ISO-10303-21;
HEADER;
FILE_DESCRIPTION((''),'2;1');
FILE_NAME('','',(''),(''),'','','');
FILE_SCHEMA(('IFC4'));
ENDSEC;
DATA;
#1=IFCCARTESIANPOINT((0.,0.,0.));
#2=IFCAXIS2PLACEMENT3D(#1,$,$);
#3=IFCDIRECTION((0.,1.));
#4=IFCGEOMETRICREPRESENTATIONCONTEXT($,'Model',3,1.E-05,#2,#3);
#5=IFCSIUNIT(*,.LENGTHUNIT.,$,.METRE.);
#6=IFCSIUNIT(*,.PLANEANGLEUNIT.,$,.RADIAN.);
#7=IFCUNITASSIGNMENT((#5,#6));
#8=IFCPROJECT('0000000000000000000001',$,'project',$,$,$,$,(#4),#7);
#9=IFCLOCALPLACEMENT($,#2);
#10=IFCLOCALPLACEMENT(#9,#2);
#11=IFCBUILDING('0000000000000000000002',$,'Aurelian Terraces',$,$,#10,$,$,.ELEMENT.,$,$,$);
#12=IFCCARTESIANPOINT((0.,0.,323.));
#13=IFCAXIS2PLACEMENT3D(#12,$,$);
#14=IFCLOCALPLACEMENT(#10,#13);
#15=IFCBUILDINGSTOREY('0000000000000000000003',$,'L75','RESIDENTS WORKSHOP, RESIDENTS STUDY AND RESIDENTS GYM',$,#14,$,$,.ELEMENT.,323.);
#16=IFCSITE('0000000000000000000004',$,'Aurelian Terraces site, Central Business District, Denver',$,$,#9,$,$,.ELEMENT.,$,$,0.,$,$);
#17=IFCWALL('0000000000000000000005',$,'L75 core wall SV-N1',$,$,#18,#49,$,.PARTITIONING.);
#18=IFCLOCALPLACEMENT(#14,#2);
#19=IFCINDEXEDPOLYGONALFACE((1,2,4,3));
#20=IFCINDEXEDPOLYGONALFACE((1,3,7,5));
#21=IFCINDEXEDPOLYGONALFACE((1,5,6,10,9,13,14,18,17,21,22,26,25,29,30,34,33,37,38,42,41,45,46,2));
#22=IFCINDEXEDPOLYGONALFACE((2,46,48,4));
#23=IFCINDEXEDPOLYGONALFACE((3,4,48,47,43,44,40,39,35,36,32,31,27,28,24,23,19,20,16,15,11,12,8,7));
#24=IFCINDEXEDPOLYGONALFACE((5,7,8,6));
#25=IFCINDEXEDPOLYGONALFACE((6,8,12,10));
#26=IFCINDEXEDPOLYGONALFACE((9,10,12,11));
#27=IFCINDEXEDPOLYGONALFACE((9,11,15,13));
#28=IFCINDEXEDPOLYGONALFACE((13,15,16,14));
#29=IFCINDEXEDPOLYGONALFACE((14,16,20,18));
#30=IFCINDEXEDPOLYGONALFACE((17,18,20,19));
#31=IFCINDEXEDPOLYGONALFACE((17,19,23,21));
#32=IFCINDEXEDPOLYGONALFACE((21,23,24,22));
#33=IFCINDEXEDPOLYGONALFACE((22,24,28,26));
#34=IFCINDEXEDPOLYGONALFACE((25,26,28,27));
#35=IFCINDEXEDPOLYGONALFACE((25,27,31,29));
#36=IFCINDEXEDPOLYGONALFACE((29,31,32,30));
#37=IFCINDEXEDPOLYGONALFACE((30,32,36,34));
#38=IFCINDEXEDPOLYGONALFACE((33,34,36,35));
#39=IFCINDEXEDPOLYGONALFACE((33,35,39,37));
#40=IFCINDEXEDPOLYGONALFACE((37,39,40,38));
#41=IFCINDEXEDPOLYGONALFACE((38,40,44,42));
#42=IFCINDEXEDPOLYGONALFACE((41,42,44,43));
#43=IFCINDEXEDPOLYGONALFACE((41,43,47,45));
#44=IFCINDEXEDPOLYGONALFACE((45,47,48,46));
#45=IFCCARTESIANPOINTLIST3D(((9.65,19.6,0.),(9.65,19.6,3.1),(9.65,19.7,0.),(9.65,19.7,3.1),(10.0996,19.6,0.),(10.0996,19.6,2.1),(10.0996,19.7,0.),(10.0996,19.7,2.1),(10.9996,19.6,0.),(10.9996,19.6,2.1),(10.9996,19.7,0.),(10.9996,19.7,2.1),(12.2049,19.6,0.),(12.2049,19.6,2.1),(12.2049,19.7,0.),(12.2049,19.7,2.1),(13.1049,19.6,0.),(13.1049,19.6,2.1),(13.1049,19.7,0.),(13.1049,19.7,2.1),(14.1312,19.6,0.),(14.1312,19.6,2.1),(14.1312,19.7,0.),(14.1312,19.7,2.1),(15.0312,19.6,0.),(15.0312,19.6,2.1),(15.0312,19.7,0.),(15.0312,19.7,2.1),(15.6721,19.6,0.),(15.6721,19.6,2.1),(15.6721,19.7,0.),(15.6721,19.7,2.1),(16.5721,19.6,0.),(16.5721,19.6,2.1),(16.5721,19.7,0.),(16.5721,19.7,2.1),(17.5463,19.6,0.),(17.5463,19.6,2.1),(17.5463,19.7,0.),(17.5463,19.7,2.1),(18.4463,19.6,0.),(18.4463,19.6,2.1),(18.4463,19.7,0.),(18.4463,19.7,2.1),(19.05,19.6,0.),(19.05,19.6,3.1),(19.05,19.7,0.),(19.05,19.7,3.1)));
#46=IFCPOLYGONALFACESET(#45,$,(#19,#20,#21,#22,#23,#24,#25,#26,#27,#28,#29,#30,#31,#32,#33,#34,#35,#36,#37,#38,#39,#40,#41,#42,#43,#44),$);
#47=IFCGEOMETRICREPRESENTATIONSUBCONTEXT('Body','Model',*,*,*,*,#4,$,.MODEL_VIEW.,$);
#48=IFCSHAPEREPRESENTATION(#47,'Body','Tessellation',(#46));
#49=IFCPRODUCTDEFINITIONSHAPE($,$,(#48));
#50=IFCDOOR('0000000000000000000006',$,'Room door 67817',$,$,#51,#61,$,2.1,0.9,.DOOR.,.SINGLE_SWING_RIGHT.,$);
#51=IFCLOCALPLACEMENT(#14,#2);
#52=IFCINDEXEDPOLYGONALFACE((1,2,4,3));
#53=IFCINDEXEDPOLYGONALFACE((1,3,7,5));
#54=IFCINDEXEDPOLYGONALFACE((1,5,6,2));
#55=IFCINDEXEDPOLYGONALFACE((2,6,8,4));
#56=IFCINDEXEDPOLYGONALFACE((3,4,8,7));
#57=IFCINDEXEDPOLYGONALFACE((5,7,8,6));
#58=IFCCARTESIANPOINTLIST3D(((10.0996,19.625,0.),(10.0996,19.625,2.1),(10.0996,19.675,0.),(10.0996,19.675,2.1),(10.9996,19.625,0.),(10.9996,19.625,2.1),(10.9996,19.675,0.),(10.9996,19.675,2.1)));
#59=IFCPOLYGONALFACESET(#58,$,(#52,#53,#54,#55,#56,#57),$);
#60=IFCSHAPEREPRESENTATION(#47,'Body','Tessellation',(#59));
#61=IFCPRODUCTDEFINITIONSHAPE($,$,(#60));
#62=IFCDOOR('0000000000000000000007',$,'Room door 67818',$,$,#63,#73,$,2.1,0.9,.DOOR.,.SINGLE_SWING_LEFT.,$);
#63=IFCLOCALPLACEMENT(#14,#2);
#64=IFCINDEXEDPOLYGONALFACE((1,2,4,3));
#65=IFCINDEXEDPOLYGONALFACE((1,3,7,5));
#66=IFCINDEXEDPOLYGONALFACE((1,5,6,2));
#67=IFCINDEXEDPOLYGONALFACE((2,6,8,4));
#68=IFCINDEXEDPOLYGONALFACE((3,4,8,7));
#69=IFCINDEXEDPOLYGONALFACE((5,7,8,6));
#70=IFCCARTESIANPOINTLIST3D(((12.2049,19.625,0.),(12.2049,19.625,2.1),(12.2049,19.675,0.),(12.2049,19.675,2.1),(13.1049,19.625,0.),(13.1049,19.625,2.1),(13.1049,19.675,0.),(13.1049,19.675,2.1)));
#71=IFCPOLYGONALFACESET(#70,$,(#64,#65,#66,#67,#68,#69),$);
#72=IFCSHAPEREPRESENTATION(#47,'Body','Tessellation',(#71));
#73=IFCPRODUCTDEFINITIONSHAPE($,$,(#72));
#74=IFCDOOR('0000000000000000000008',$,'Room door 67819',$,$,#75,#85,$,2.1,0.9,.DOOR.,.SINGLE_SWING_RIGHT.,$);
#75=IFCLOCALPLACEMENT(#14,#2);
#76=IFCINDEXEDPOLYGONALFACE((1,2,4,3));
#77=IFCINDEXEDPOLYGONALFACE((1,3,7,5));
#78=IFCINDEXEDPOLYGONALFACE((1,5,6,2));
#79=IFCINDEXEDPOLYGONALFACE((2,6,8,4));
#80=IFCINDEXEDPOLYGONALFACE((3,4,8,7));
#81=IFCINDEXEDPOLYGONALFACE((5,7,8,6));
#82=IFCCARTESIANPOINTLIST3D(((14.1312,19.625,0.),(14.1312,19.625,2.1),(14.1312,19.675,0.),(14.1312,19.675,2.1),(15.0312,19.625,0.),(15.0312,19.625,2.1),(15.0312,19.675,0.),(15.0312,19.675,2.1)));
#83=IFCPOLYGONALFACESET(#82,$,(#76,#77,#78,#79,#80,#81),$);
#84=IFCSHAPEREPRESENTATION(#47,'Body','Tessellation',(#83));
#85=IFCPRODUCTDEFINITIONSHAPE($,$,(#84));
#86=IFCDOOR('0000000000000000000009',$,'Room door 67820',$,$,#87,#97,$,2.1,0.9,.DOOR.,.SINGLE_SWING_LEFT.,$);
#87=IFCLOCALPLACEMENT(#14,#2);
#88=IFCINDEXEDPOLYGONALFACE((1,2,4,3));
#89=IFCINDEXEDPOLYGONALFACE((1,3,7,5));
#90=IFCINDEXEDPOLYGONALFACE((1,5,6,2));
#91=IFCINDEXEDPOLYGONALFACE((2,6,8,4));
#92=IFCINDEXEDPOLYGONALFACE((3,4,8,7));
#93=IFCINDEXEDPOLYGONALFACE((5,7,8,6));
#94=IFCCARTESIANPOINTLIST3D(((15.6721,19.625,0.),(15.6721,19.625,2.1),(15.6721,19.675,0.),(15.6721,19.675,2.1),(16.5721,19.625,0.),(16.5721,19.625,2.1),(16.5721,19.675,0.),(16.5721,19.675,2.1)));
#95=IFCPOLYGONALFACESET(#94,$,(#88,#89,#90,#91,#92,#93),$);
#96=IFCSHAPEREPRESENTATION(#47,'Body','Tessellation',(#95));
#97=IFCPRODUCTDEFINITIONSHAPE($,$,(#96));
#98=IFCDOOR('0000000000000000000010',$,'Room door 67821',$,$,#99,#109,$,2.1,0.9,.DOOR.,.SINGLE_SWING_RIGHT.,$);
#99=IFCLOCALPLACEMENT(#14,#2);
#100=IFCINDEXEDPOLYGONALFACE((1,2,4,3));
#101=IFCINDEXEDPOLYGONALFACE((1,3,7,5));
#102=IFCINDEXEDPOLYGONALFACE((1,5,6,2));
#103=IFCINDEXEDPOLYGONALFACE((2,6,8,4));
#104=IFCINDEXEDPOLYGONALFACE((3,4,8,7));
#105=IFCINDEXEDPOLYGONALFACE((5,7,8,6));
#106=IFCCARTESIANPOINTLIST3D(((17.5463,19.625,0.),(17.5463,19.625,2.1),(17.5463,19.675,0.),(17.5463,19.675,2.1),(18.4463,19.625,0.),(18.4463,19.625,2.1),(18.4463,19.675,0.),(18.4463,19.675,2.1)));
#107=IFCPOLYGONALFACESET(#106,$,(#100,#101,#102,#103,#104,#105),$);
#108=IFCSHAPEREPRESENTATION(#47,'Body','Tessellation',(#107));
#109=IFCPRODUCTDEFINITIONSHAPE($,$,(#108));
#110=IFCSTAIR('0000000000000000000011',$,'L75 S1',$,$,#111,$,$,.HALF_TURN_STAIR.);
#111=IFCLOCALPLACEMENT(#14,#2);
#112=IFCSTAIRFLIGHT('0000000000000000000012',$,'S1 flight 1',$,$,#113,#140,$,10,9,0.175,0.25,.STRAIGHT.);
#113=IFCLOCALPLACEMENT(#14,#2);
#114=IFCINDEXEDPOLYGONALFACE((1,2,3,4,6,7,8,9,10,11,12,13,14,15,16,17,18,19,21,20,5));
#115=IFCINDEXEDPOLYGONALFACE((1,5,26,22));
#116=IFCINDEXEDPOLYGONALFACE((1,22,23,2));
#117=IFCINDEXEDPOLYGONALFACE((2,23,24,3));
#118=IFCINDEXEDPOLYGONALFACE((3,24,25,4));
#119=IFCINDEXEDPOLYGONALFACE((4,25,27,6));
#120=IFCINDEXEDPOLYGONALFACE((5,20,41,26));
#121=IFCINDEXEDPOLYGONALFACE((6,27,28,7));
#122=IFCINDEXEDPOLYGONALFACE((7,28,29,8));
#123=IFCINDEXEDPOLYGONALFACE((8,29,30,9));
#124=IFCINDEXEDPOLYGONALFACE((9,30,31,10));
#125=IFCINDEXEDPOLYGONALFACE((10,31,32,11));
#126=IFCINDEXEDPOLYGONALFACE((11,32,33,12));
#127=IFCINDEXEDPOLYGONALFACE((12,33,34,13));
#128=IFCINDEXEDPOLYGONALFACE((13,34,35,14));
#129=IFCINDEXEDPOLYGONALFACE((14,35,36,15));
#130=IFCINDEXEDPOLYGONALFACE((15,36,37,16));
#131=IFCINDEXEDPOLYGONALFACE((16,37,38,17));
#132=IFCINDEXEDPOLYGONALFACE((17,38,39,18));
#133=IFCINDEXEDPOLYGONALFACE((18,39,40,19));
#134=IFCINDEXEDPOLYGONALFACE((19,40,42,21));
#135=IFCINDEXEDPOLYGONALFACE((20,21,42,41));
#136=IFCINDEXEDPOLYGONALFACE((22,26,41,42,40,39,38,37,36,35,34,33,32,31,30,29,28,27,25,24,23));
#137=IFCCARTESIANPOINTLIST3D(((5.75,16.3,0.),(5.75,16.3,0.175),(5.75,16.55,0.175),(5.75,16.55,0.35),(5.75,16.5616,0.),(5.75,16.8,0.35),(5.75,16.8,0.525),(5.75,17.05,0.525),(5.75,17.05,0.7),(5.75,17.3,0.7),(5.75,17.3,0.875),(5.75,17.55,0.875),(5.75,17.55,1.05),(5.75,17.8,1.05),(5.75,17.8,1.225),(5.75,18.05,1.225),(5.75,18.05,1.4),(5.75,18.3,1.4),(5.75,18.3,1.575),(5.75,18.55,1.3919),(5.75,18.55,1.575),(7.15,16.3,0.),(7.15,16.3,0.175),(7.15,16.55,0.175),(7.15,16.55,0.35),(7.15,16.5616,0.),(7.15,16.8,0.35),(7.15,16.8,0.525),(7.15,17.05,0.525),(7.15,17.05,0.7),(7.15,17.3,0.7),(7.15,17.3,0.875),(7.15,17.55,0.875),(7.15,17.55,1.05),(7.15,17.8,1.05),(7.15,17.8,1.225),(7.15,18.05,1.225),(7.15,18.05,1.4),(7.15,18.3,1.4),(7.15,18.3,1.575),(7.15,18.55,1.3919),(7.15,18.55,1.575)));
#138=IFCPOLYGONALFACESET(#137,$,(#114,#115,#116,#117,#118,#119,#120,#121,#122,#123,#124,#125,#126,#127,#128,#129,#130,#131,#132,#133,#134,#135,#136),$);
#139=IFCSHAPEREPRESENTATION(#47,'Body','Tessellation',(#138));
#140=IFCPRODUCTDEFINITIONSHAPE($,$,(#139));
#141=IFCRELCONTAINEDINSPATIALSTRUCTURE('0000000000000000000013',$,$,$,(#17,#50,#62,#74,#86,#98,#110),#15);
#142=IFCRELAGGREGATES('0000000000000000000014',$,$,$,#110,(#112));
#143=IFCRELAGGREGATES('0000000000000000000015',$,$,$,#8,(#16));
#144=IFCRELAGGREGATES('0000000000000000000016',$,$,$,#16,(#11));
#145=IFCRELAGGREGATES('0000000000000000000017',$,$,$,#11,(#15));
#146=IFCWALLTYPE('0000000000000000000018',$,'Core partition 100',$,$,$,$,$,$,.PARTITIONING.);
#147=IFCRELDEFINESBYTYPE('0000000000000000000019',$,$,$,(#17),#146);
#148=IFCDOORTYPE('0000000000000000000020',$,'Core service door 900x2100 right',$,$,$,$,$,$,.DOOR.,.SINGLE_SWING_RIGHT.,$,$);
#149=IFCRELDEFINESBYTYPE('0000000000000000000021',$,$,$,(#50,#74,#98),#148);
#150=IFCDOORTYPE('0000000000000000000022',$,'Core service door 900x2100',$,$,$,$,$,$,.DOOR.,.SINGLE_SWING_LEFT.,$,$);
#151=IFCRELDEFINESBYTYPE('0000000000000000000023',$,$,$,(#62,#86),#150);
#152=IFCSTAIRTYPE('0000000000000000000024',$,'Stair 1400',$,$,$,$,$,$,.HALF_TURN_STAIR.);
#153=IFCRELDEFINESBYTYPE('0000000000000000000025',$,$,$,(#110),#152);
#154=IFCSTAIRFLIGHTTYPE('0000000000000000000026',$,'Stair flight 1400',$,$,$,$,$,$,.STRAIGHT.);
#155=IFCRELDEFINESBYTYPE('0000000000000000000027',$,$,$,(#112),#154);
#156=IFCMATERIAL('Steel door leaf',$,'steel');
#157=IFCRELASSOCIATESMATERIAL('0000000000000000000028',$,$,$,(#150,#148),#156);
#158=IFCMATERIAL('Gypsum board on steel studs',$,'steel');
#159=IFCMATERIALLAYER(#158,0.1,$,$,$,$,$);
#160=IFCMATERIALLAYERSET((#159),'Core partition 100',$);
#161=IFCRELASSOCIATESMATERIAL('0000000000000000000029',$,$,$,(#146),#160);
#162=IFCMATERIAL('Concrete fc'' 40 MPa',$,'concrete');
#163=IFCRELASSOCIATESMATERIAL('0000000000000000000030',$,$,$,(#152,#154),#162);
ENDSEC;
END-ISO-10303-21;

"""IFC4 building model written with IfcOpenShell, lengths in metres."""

from ifc_helpers import new_model, si_unit, direction, frame, frame_2d, origin, place, context, subcontext, project, spatial, polyline, rectangle, outline, extrude, source, transform, mapped, material, layer, layer_set, type_object, element, fill, aggregate, save


model = new_model("IFC4")

# Units and contexts
model_context = context("Model", 3, precision=1e-05, world=origin(), true_north=direction((0.0, 1.0)))
body_context = subcontext(model_context, "Body", "Model", "MODEL_VIEW")
ifc_project = project(units=[si_unit("LENGTHUNIT", "METRE"), si_unit("PLANEANGLEUNIT", "RADIAN")], contexts=[model_context])

# Site, building, storey
site_placement = place(None, origin())
site = spatial("IfcSite", under=ifc_project, at=site_placement, Name="Aurelian Terraces site, Central Business District, Denver", CompositionType="ELEMENT", RefElevation=0.0)
building_placement = place(site_placement, origin())
building = spatial("IfcBuilding", under=site, at=building_placement, Name="Aurelian Terraces", CompositionType="ELEMENT")
storey_placement = place(building_placement, frame((0.0, 0.0, 323.0)))
storey = spatial("IfcBuildingStorey", under=building, at=storey_placement, Name="L75", Description="RESIDENTS WORKSHOP, RESIDENTS STUDY AND RESIDENTS GYM", CompositionType="ELEMENT", Elevation=323.0)

# Shared definitions
ifc_material_1 = material(Name="Steel door leaf", Category="steel")

# Shared definitions
ifc_material_2 = material(Name="Gypsum board on steel studs", Category="steel")
door_type_1 = type_object("IfcDoorType", Name="Core service door 900x2100", OperationType="SINGLE_SWING_LEFT", PredefinedType="DOOR", material=ifc_material_1)
shared_shape_1 = source(origin(), body_context, "Body", "SweptSolid", [
    extrude(rectangle(XDim=0.9, YDim=2.1, at=frame_2d((0.45, 1.05))), frame((0.0, 0.025, 0.0), z_axis=(0.0, -1.0, 0.0), x_axis=(1.0, 0.0, 0.0)), (0.0, 0.0, 1.0), 0.05),
])

# Shared definitions
ifc_layer_1 = layer(ifc_material_2, 0.1)
ifc_layer_set_1 = layer_set([ifc_layer_1], Name="Core partition 100")
wall_type_1 = type_object("IfcWallType", Name="Core partition 100", PredefinedType="PARTITIONING", material=ifc_layer_set_1)

# Wall, openings, doors
shared_shape_2 = source(origin(), body_context, "Body", "SweptSolid", [
    extrude(rectangle(XDim=9.4, YDim=0.1, at=frame_2d((4.7, 0.0))), origin(), (0.0, 0.0, 1.0), 3.1),
])
wall_1_placement = place(storey_placement, frame((9.65, 19.65, 0.0), z_axis=(0.0, 0.0, 1.0), x_axis=(1.0, 0.0, 0.0)))
wall_1 = element("IfcWall", 1, at=wall_1_placement, inside=storey, type_object=wall_type_1, Name="L75 core wall SV-N1", PredefinedType="PARTITIONING", context=body_context, shape_type="MappedRepresentation", body=[
    mapped(shared_shape_2, transform((0.0, 0.0, 0.0), scale=1.0)),
])
shared_shape_3 = source(origin(), body_context, "Body", "SweptSolid", [
    extrude(rectangle(XDim=0.9, YDim=2.1, at=frame_2d((0.45, 1.05))), frame((0.0, 0.06, 0.0), z_axis=(0.0, -1.0, 0.0), x_axis=(1.0, 0.0, 0.0)), (0.0, 0.0, 1.0), 0.12),
])
opening_1_placement = place(wall_1_placement, frame((0.4496, 0.0, 0.0)))
opening_1 = element("IfcOpeningElement", 2, at=opening_1_placement, cuts=wall_1, PredefinedType="OPENING", context=body_context, shape_type="MappedRepresentation", body=[
    mapped(shared_shape_3, transform((0.0, 0.0, 0.0), scale=1.0)),
])
opening_2_placement = place(wall_1_placement, frame((2.5549, 0.0, 0.0)))
opening_2 = element("IfcOpeningElement", 3, at=opening_2_placement, cuts=wall_1, PredefinedType="OPENING", context=body_context, shape_type="MappedRepresentation", body=[
    mapped(shared_shape_3, transform((0.0, 0.0, 0.0), scale=1.0)),
])
opening_3_placement = place(wall_1_placement, frame((4.4812, 0.0, 0.0)))
opening_3 = element("IfcOpeningElement", 4, at=opening_3_placement, cuts=wall_1, PredefinedType="OPENING", context=body_context, shape_type="MappedRepresentation", body=[
    mapped(shared_shape_3, transform((0.0, 0.0, 0.0), scale=1.0)),
])
opening_4_placement = place(wall_1_placement, frame((6.0221, 0.0, 0.0)))
opening_4 = element("IfcOpeningElement", 5, at=opening_4_placement, cuts=wall_1, PredefinedType="OPENING", context=body_context, shape_type="MappedRepresentation", body=[
    mapped(shared_shape_3, transform((0.0, 0.0, 0.0), scale=1.0)),
])
opening_5_placement = place(wall_1_placement, frame((7.8963, 0.0, 0.0)))
opening_5 = element("IfcOpeningElement", 6, at=opening_5_placement, cuts=wall_1, PredefinedType="OPENING", context=body_context, shape_type="MappedRepresentation", body=[
    mapped(shared_shape_3, transform((0.0, 0.0, 0.0), scale=1.0)),
])
door_type_2 = type_object("IfcDoorType", Name="Core service door 900x2100 right", OperationType="SINGLE_SWING_RIGHT", PredefinedType="DOOR", material=ifc_material_1)
door_1_placement = place(opening_1_placement, origin())
door_1 = element("IfcDoor", 7, at=door_1_placement, inside=storey, type_object=door_type_2, Name="Room door 67817", OperationType="SINGLE_SWING_RIGHT", OverallHeight=2.1, OverallWidth=0.9, PredefinedType="DOOR", context=body_context, shape_type="MappedRepresentation", body=[
    mapped(shared_shape_1, transform((0.0, 0.0, 0.0), scale=1.0)),
])
fill(opening_1, door_1)
door_2_placement = place(opening_2_placement, origin())
door_2 = element("IfcDoor", 8, at=door_2_placement, inside=storey, type_object=door_type_1, Name="Room door 67818", OperationType="SINGLE_SWING_LEFT", OverallHeight=2.1, OverallWidth=0.9, PredefinedType="DOOR", context=body_context, shape_type="MappedRepresentation", body=[
    mapped(shared_shape_1, transform((0.0, 0.0, 0.0), scale=1.0)),
])
fill(opening_2, door_2)
door_3_placement = place(opening_3_placement, origin())
door_3 = element("IfcDoor", 9, at=door_3_placement, inside=storey, type_object=door_type_2, Name="Room door 67819", OperationType="SINGLE_SWING_RIGHT", OverallHeight=2.1, OverallWidth=0.9, PredefinedType="DOOR", context=body_context, shape_type="MappedRepresentation", body=[
    mapped(shared_shape_1, transform((0.0, 0.0, 0.0), scale=1.0)),
])
fill(opening_3, door_3)
door_4_placement = place(opening_4_placement, origin())
door_4 = element("IfcDoor", 10, at=door_4_placement, inside=storey, type_object=door_type_1, Name="Room door 67820", OperationType="SINGLE_SWING_LEFT", OverallHeight=2.1, OverallWidth=0.9, PredefinedType="DOOR", context=body_context, shape_type="MappedRepresentation", body=[
    mapped(shared_shape_1, transform((0.0, 0.0, 0.0), scale=1.0)),
])
fill(opening_4, door_4)
door_5_placement = place(opening_5_placement, origin())
door_5 = element("IfcDoor", 11, at=door_5_placement, inside=storey, type_object=door_type_2, Name="Room door 67821", OperationType="SINGLE_SWING_RIGHT", OverallHeight=2.1, OverallWidth=0.9, PredefinedType="DOOR", context=body_context, shape_type="MappedRepresentation", body=[
    mapped(shared_shape_1, transform((0.0, 0.0, 0.0), scale=1.0)),
])
fill(opening_5, door_5)

# Stair, stair flight
ifc_material_3 = material(Name="Concrete fc' 40 MPa", Category="concrete")
stair_type = type_object("IfcStairType", Name="Stair 1400", PredefinedType="HALF_TURN_STAIR", material=ifc_material_3)
stair_placement = place(storey_placement, origin())
stair = element("IfcStair", 12, at=stair_placement, inside=storey, type_object=stair_type, Name="L75 S1", PredefinedType="HALF_TURN_STAIR")
stair_flight_type = type_object("IfcStairFlightType", Name="Stair flight 1400", PredefinedType="STRAIGHT", material=ifc_material_3)
shared_shape_4 = source(origin(), body_context, "Body", "SweptSolid", [
    extrude(outline(polyline([(0.0, 0.0), (0.0, 0.175), (0.25, 0.175), (0.25, 0.35), (0.5, 0.35), (0.5, 0.525), (0.75, 0.525), (0.75, 0.7), (1.0, 0.7), (1.0, 0.875), (1.25, 0.875), (1.25, 1.05), (1.5, 1.05), (1.5, 1.225), (1.75, 1.225), (1.75, 1.4), (2.0, 1.4), (2.0, 1.575), (2.25, 1.575), (2.25, 1.75), (2.25, 1.3919), (0.2616, 0.0), (0.0, 0.0)])), frame((0.0, 0.7, 0.0), z_axis=(0.0, -1.0, 0.0), x_axis=(1.0, 0.0, 0.0)), (0.0, 0.0, 1.0), 1.4),
])
stair_flight_placement = place(storey_placement, frame((6.45, 16.3, 0.0), z_axis=(0.0, 0.0, 1.0), x_axis=(0.0, 1.0, 0.0)))
stair_flight = element("IfcStairFlight", 13, at=stair_flight_placement, type_object=stair_flight_type, Name="S1 flight 1", NumberOfRisers=10, NumberOfTreads=9, PredefinedType="STRAIGHT", RiserHeight=0.175, TreadLength=0.25, context=body_context, shape_type="MappedRepresentation", body=[
    mapped(shared_shape_4, transform((0.0, 0.0, 0.0), scale=1.0)),
])
aggregate(stair, [stair_flight])

save(model, "model.ifc")
